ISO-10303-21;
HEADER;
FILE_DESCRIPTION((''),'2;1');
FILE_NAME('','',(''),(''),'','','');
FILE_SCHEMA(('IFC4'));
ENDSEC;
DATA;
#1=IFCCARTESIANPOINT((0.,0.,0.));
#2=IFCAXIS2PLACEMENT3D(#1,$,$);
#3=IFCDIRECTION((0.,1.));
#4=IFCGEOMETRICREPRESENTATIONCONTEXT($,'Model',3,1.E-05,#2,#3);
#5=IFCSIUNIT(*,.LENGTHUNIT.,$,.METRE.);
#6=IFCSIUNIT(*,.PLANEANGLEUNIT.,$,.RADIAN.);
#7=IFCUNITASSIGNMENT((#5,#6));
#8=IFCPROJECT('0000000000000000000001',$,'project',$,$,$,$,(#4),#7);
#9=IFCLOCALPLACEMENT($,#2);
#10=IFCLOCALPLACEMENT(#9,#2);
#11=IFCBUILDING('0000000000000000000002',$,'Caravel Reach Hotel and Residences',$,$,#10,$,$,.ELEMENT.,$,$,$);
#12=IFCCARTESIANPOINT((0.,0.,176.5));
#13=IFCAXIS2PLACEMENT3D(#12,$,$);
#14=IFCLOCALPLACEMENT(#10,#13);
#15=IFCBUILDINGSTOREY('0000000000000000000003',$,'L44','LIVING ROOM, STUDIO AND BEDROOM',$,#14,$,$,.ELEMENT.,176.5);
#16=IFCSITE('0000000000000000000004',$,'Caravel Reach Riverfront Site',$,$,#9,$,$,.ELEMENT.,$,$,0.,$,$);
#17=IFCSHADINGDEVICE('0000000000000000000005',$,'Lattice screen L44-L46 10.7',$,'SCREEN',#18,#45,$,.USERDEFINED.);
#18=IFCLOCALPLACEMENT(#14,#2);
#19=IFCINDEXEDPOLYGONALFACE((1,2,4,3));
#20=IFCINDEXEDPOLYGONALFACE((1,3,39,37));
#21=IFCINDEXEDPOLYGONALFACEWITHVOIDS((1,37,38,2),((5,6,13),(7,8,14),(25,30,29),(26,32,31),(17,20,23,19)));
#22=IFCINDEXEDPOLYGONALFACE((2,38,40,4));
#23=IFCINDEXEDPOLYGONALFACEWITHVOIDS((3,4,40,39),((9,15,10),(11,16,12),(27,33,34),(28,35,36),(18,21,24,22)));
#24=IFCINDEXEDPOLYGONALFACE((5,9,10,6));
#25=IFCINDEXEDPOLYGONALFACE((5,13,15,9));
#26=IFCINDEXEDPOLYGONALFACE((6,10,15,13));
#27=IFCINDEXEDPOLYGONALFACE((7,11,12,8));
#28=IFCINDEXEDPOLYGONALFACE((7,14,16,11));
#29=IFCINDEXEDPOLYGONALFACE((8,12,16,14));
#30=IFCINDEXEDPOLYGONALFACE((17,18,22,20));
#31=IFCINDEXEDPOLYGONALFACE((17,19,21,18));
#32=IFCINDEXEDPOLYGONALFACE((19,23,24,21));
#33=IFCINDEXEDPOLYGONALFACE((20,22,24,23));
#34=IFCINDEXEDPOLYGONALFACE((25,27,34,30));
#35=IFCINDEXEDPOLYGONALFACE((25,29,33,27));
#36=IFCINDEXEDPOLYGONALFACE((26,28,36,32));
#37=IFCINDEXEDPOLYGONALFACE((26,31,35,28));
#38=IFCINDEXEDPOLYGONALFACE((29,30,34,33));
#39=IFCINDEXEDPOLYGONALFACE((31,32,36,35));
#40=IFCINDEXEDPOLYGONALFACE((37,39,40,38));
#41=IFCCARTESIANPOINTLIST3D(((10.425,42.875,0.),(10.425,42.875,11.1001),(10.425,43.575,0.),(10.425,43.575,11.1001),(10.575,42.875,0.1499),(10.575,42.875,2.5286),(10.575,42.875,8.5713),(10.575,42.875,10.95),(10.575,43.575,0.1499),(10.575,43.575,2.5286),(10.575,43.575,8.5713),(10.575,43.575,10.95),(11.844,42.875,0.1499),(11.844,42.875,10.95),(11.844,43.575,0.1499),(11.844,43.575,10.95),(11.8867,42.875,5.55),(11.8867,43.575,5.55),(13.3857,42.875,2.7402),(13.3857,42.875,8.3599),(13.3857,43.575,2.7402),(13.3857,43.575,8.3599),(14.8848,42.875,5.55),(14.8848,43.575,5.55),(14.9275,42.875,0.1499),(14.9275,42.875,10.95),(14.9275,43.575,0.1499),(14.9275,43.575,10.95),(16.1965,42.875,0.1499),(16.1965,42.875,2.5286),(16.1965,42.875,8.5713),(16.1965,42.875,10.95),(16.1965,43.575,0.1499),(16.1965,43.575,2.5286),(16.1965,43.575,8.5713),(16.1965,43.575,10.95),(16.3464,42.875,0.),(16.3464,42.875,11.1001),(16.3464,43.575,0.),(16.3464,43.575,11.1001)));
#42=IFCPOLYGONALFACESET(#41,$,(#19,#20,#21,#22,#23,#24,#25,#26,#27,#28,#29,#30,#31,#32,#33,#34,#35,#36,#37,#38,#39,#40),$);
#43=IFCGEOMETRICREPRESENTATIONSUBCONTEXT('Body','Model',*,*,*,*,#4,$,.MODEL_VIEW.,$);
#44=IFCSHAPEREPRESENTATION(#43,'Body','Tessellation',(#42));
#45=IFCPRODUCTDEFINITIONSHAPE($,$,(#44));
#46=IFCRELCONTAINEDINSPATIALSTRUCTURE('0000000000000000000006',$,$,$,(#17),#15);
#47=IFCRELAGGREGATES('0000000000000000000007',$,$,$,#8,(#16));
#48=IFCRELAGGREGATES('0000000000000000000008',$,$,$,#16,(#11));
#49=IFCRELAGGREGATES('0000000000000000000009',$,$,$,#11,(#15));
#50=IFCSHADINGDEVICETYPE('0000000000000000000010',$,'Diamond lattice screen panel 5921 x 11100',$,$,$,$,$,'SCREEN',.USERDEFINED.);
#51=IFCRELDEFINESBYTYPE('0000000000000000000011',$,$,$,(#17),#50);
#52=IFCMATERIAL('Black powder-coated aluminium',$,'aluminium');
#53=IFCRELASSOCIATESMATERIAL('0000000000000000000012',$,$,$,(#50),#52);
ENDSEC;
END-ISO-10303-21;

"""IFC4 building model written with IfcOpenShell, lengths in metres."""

from ifc_helpers import new_model, si_unit, direction, frame, origin, place, context, subcontext, project, spatial, polyline, outline, extrude, material, type_object, element, save


model = new_model("IFC4")

# Units and contexts
model_context = context("Model", 3, precision=1e-05, world=origin(), true_north=direction((0.0, 1.0)))
body_context = subcontext(model_context, "Body", "Model", "MODEL_VIEW")
ifc_project = project(units=[si_unit("LENGTHUNIT", "METRE"), si_unit("PLANEANGLEUNIT", "RADIAN")], contexts=[model_context])

# Site, building, storey
site_placement = place(None, origin())
site = spatial("IfcSite", under=ifc_project, at=site_placement, Name="Caravel Reach Riverfront Site", CompositionType="ELEMENT", RefElevation=0.0)
building_placement = place(site_placement, origin())
building = spatial("IfcBuilding", under=site, at=building_placement, Name="Caravel Reach Hotel and Residences", CompositionType="ELEMENT")
storey_placement = place(building_placement, frame((0.0, 0.0, 176.5)))
storey = spatial("IfcBuildingStorey", under=building, at=storey_placement, Name="L44", Description="LIVING ROOM, STUDIO AND BEDROOM", CompositionType="ELEMENT", Elevation=176.5)

# Shading device
ifc_material_1 = material(Name="Black powder-coated aluminium", Category="aluminium")
shading_device_type = type_object("IfcShadingDeviceType", Name="Diamond lattice screen panel 5921 x 11100", ElementType="SCREEN", PredefinedType="USERDEFINED", material=ifc_material_1)
shading_device_placement = place(storey_placement, frame((16.3464, 42.875, 0.0), z_axis=(0.0, 1.0, 0.0), x_axis=(-1.0, 0.0, 0.0)))
element("IfcShadingDevice", 1, at=shading_device_placement, inside=storey, type_object=shading_device_type, Name="Lattice screen L44-L46 10.7", ObjectType="SCREEN", PredefinedType="USERDEFINED", context=body_context, shape_type="SweptSolid", body=[
    extrude(outline(polyline([(0.0, 0.0), (5.9214, 0.0), (5.9214, 11.1001), (0.0, 11.1001), (0.0, 0.0)]), holes=[polyline([(1.4189, 0.1499), (0.1499, 2.5286), (0.1499, 0.1499), (1.4189, 0.1499)]), polyline([(0.1499, 8.5713), (1.4189, 10.95), (0.1499, 10.95), (0.1499, 8.5713)]), polyline([(2.9607, 8.3599), (1.4617, 5.55), (2.9607, 2.7402), (4.4597, 5.55), (2.9607, 8.3599)]), polyline([(5.7715, 2.5286), (4.5024, 0.1499), (5.7715, 0.1499), (5.7715, 2.5286)]), polyline([(4.5024, 10.95), (5.7715, 8.5713), (5.7715, 10.95), (4.5024, 10.95)])]), origin(), (0.0, 0.0, 1.0), 0.7),
])

save(model, "model.ifc")
